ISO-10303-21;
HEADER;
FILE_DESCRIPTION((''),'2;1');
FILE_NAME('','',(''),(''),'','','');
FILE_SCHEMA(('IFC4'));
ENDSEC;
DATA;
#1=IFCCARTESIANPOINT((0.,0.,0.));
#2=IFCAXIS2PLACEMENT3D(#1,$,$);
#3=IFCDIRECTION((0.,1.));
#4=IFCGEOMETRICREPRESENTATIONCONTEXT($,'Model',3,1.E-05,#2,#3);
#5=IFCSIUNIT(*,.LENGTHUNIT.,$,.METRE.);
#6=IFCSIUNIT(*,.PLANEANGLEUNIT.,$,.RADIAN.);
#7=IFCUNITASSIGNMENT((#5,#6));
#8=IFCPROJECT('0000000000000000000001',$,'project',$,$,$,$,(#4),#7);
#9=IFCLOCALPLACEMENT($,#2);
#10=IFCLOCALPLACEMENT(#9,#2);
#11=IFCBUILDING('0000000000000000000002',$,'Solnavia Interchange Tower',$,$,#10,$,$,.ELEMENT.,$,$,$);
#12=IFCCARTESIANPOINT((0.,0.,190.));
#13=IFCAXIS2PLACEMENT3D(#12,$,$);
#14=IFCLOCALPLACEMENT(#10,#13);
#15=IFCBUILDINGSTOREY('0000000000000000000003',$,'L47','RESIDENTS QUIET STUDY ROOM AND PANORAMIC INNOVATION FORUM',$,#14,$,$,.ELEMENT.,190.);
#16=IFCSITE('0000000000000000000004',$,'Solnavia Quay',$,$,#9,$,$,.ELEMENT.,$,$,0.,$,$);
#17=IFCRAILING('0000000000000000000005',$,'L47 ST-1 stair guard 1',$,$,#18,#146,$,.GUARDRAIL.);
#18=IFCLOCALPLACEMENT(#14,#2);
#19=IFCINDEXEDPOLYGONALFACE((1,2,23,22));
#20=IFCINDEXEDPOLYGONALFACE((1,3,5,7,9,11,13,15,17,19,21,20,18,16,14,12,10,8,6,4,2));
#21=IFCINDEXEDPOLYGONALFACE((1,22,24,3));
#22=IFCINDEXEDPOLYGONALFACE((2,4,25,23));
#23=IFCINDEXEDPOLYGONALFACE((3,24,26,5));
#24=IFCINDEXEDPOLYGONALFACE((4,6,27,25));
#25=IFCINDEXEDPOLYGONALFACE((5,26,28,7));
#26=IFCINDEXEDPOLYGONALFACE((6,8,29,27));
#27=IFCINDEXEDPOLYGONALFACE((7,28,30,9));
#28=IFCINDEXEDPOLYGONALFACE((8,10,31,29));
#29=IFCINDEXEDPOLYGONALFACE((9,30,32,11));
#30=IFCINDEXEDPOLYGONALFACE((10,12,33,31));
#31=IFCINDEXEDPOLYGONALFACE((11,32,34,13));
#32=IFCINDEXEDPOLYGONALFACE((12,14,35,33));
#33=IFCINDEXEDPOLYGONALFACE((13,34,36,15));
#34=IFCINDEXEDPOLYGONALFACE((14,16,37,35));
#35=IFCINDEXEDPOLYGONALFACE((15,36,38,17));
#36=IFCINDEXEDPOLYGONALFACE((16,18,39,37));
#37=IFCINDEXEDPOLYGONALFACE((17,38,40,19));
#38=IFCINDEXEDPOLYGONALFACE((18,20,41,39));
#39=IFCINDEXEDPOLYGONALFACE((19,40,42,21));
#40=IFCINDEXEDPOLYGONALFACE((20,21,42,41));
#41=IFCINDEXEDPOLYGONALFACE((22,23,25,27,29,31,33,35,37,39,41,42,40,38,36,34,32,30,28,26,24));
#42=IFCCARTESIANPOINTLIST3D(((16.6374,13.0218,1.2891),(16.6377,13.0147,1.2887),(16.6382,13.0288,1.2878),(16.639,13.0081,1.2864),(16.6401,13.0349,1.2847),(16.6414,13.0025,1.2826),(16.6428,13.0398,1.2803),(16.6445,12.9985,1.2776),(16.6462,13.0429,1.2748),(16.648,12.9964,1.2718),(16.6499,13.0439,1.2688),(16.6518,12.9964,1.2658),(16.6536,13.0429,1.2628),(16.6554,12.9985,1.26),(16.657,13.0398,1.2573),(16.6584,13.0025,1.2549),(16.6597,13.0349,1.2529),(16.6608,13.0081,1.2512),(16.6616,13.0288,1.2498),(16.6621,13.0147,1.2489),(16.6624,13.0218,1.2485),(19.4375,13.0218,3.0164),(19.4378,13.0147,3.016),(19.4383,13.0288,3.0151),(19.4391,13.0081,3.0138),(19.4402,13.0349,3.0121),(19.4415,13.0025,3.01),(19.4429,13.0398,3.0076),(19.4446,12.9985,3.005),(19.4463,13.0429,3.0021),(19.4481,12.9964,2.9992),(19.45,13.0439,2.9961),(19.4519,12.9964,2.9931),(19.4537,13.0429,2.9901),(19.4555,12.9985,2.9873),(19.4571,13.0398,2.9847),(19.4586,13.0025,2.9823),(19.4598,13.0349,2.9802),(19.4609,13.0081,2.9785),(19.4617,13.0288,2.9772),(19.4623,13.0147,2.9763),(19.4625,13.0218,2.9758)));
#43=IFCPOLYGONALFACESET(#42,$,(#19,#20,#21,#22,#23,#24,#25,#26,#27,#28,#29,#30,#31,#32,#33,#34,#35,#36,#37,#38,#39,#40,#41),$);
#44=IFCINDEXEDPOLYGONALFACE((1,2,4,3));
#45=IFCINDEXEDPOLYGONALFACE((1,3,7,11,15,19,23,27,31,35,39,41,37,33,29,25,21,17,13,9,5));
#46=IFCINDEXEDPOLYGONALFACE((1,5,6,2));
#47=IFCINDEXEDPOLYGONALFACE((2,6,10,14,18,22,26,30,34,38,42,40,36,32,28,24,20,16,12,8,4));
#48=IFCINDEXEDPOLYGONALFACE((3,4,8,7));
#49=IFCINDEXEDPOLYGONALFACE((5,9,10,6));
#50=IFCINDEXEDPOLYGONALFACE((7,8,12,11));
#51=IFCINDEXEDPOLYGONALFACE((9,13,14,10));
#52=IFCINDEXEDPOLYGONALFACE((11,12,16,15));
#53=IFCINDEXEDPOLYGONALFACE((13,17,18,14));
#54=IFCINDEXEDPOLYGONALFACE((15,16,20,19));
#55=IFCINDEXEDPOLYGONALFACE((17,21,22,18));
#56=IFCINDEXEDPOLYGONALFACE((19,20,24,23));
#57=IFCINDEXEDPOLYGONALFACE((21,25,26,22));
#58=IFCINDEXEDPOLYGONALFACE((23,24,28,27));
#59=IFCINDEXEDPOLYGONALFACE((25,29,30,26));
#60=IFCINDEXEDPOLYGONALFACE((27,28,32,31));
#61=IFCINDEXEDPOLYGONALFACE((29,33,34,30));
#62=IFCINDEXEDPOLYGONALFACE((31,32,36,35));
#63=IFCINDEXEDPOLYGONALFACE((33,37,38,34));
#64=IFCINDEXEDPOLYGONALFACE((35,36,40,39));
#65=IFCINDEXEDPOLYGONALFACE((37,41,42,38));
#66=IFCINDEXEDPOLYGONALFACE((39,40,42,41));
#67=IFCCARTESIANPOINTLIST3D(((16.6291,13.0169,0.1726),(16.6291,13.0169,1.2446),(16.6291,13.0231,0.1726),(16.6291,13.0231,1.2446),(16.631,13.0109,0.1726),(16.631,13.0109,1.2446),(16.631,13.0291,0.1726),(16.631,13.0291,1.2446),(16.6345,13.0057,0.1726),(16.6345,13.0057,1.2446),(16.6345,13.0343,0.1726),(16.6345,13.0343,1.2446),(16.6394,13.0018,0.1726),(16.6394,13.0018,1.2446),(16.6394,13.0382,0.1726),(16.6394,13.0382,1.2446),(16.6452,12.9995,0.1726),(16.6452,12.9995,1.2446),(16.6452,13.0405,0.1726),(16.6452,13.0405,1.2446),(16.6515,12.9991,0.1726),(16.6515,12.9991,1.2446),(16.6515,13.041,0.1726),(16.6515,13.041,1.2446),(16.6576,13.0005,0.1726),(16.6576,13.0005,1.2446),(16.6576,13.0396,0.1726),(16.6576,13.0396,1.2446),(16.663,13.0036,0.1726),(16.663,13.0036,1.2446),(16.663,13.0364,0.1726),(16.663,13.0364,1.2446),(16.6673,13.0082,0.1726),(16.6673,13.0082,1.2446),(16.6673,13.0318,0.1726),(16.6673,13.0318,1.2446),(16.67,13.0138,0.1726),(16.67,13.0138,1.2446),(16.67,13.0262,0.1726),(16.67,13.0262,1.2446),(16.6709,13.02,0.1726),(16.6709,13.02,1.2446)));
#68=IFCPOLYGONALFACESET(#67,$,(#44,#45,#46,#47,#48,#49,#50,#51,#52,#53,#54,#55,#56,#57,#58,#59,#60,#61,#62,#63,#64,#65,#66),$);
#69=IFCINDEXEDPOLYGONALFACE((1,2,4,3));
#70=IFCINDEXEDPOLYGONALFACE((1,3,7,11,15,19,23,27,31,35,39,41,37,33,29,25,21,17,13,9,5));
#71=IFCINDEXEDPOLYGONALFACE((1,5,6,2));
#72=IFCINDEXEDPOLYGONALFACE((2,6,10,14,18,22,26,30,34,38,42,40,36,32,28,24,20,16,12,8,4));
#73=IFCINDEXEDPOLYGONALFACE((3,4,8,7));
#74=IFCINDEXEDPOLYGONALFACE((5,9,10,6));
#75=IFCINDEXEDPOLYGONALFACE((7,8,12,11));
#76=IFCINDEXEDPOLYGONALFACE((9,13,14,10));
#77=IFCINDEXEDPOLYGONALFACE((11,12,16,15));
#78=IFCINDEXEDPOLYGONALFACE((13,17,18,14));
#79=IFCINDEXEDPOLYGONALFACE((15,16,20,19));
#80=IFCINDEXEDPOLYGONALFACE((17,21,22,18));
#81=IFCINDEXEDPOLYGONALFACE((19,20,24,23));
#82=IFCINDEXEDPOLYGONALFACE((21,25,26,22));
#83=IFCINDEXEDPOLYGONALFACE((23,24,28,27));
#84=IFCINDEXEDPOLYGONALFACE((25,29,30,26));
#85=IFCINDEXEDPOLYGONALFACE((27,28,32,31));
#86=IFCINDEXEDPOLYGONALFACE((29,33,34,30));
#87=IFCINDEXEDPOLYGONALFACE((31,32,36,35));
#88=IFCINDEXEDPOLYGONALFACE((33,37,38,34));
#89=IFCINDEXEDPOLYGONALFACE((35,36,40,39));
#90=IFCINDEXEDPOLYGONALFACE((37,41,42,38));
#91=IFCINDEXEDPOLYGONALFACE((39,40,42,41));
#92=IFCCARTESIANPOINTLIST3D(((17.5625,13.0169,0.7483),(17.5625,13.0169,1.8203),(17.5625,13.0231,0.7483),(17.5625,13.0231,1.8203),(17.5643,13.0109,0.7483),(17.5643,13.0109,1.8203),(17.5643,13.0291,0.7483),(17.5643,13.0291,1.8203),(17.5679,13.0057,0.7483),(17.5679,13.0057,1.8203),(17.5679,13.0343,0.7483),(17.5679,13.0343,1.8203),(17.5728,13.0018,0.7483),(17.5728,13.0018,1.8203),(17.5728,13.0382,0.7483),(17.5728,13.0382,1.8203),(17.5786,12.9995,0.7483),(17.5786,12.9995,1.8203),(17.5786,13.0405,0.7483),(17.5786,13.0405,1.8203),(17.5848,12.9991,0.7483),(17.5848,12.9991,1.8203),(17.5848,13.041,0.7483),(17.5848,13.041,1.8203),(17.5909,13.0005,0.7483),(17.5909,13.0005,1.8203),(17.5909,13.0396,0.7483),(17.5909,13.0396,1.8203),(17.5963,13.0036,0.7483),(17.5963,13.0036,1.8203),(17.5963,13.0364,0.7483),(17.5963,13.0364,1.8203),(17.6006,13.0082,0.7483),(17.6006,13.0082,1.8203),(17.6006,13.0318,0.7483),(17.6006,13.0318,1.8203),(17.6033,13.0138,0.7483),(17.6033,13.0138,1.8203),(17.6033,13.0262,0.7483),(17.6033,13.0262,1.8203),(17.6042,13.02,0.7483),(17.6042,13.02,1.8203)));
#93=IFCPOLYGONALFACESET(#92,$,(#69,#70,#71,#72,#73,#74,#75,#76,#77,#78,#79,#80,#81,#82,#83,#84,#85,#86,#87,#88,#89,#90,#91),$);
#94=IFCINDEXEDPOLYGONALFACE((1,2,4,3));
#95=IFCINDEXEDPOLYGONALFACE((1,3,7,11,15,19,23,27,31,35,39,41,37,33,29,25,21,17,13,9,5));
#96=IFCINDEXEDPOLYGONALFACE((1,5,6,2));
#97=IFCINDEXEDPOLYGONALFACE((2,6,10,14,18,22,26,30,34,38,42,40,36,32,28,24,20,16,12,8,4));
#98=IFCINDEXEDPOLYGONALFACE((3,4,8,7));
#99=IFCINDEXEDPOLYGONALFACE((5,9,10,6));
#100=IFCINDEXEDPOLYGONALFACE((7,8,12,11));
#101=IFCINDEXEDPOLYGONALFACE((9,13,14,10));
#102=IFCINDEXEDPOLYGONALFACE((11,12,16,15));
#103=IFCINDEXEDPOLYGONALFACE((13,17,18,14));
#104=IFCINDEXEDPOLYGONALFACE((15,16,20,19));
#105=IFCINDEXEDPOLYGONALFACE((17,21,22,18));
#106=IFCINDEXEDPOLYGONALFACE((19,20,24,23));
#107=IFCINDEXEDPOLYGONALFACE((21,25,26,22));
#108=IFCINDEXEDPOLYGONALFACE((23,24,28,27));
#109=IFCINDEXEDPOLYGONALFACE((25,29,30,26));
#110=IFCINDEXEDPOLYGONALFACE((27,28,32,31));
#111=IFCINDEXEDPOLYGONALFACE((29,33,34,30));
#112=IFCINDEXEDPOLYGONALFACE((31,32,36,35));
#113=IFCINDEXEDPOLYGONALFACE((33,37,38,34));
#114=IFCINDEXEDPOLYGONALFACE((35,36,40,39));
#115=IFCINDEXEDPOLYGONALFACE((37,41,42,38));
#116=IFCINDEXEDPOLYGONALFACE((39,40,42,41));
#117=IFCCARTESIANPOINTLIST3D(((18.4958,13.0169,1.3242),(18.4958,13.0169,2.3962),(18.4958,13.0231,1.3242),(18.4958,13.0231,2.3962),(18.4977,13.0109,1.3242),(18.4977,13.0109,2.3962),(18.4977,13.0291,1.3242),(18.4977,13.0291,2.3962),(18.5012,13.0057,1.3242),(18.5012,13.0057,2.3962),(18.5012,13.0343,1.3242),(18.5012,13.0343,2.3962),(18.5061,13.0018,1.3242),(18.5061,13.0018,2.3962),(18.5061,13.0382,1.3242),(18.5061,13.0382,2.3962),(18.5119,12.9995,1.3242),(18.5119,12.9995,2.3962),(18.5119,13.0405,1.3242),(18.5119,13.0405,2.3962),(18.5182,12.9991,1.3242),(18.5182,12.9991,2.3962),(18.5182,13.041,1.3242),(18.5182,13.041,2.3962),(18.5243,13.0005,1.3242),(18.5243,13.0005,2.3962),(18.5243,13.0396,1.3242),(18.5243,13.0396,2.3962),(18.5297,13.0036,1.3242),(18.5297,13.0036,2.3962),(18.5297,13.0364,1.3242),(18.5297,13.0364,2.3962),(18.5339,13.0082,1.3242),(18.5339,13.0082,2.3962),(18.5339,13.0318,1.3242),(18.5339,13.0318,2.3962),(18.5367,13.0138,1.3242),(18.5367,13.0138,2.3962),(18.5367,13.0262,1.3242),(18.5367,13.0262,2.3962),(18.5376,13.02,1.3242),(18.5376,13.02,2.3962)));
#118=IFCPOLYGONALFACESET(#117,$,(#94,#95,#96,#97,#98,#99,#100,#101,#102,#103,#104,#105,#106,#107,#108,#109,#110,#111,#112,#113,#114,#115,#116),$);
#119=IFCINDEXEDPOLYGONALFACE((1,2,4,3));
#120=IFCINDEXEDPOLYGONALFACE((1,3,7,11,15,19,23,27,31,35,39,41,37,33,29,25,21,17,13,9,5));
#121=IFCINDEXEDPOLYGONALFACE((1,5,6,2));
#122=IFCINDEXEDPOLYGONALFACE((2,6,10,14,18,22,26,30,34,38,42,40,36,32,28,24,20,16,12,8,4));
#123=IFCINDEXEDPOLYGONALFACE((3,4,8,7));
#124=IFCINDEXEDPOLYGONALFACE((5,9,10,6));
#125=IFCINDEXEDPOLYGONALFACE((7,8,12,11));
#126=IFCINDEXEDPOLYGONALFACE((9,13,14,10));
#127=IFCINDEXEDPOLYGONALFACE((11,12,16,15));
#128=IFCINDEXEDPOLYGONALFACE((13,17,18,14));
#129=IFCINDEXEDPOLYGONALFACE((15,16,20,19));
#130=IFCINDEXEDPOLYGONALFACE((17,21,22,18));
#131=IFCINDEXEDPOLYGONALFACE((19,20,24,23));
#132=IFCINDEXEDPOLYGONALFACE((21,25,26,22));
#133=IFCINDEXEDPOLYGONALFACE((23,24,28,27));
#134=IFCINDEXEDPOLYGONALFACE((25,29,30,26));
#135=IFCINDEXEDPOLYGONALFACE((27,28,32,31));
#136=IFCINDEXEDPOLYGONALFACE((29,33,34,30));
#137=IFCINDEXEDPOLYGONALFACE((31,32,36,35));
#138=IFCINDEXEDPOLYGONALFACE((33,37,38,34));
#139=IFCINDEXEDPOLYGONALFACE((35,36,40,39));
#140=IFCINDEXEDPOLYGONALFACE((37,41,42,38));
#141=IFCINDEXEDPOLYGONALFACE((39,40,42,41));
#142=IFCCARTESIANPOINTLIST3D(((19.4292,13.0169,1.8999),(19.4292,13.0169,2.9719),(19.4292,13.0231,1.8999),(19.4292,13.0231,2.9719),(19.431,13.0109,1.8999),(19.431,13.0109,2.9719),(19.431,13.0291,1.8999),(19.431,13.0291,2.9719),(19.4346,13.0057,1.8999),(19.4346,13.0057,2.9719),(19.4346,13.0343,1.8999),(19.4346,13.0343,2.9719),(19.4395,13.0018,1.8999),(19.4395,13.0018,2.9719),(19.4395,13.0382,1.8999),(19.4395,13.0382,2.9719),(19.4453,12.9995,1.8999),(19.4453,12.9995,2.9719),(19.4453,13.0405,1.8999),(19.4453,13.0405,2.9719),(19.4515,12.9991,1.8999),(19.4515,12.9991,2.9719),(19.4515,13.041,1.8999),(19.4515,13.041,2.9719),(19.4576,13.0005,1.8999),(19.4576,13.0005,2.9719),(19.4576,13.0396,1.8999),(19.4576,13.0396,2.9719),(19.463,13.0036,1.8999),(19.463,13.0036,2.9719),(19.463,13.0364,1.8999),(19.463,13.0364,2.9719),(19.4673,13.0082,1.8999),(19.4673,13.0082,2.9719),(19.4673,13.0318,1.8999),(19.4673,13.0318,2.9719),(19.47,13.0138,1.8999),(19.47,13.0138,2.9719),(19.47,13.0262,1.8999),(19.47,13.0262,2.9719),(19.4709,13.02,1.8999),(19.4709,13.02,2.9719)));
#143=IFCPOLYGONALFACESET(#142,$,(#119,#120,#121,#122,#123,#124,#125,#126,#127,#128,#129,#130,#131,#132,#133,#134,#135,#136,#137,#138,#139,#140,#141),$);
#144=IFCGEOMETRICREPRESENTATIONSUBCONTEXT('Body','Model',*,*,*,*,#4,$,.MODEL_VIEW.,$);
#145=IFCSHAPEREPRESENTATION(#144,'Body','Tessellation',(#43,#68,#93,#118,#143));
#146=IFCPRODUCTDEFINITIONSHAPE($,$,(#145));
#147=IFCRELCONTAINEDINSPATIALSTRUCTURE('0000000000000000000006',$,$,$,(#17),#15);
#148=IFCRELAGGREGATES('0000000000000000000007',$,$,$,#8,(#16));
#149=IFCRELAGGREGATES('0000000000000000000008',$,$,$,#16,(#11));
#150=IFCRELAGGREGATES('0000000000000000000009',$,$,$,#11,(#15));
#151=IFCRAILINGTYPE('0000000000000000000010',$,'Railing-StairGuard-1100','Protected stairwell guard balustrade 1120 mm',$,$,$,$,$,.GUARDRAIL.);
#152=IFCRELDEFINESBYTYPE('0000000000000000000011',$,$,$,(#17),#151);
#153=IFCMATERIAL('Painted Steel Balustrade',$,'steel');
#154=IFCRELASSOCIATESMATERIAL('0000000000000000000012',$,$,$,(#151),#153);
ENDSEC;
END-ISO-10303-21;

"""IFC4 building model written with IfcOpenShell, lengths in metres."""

from ifc_helpers import new_model, si_unit, direction, frame, origin, origin_2d, place, context, subcontext, project, spatial, circle, extrude, material, type_object, element, save


model = new_model("IFC4")

# Units and contexts
model_context = context("Model", 3, precision=1e-05, world=origin(), true_north=direction((0.0, 1.0)))
body_context = subcontext(model_context, "Body", "Model", "MODEL_VIEW")
ifc_project = project(units=[si_unit("LENGTHUNIT", "METRE"), si_unit("PLANEANGLEUNIT", "RADIAN")], contexts=[model_context])

# Site, building, storey
site_placement = place(None, origin())
site = spatial("IfcSite", under=ifc_project, at=site_placement, Name="Solnavia Quay", CompositionType="ELEMENT", RefElevation=0.0)
building_placement = place(site_placement, origin())
building = spatial("IfcBuilding", under=site, at=building_placement, Name="Solnavia Interchange Tower", CompositionType="ELEMENT")
storey_placement = place(building_placement, frame((0.0, 0.0, 190.0)))
storey = spatial("IfcBuildingStorey", under=building, at=storey_placement, Name="L47", Description="RESIDENTS QUIET STUDY ROOM AND PANORAMIC INNOVATION FORUM", CompositionType="ELEMENT", Elevation=190.0)

# Railing
ifc_material_1 = material(Name="Painted Steel Balustrade", Category="steel")
railing_type_1 = type_object("IfcRailingType", Name="Railing-StairGuard-1100", Description="Protected stairwell guard balustrade 1120 mm", PredefinedType="GUARDRAIL", material=ifc_material_1)
railing_1_placement = place(storey_placement, frame((16.6499, 13.02, 0.1726)))
element("IfcRailing", 1, at=railing_1_placement, inside=storey, type_object=railing_type_1, Name="L47 ST-1 stair guard 1", PredefinedType="GUARDRAIL", context=body_context, shape_type="SweptSolid", body=[
    extrude(circle(Radius=0.0239, at=origin_2d()), frame((0.0, 0.0, 1.0962), z_axis=(0.85109, 0.0, 0.52502), x_axis=(0.0, 1.0, 0.0)), (0.0, 0.0, 1.0), 3.29),
    extrude(circle(Radius=0.021, at=origin_2d()), origin(), (0.0, 0.0, 1.0), 1.072),
    extrude(circle(Radius=0.021, at=origin_2d()), frame((0.9333, 0.0, 0.5757)), (0.0, 0.0, 1.0), 1.072),
    extrude(circle(Radius=0.021, at=origin_2d()), frame((1.8667, 0.0, 1.1516)), (0.0, 0.0, 1.0), 1.072),
    extrude(circle(Radius=0.021, at=origin_2d()), frame((2.8, 0.0, 1.7273)), (0.0, 0.0, 1.0), 1.072),
])

save(model, "model.ifc")
